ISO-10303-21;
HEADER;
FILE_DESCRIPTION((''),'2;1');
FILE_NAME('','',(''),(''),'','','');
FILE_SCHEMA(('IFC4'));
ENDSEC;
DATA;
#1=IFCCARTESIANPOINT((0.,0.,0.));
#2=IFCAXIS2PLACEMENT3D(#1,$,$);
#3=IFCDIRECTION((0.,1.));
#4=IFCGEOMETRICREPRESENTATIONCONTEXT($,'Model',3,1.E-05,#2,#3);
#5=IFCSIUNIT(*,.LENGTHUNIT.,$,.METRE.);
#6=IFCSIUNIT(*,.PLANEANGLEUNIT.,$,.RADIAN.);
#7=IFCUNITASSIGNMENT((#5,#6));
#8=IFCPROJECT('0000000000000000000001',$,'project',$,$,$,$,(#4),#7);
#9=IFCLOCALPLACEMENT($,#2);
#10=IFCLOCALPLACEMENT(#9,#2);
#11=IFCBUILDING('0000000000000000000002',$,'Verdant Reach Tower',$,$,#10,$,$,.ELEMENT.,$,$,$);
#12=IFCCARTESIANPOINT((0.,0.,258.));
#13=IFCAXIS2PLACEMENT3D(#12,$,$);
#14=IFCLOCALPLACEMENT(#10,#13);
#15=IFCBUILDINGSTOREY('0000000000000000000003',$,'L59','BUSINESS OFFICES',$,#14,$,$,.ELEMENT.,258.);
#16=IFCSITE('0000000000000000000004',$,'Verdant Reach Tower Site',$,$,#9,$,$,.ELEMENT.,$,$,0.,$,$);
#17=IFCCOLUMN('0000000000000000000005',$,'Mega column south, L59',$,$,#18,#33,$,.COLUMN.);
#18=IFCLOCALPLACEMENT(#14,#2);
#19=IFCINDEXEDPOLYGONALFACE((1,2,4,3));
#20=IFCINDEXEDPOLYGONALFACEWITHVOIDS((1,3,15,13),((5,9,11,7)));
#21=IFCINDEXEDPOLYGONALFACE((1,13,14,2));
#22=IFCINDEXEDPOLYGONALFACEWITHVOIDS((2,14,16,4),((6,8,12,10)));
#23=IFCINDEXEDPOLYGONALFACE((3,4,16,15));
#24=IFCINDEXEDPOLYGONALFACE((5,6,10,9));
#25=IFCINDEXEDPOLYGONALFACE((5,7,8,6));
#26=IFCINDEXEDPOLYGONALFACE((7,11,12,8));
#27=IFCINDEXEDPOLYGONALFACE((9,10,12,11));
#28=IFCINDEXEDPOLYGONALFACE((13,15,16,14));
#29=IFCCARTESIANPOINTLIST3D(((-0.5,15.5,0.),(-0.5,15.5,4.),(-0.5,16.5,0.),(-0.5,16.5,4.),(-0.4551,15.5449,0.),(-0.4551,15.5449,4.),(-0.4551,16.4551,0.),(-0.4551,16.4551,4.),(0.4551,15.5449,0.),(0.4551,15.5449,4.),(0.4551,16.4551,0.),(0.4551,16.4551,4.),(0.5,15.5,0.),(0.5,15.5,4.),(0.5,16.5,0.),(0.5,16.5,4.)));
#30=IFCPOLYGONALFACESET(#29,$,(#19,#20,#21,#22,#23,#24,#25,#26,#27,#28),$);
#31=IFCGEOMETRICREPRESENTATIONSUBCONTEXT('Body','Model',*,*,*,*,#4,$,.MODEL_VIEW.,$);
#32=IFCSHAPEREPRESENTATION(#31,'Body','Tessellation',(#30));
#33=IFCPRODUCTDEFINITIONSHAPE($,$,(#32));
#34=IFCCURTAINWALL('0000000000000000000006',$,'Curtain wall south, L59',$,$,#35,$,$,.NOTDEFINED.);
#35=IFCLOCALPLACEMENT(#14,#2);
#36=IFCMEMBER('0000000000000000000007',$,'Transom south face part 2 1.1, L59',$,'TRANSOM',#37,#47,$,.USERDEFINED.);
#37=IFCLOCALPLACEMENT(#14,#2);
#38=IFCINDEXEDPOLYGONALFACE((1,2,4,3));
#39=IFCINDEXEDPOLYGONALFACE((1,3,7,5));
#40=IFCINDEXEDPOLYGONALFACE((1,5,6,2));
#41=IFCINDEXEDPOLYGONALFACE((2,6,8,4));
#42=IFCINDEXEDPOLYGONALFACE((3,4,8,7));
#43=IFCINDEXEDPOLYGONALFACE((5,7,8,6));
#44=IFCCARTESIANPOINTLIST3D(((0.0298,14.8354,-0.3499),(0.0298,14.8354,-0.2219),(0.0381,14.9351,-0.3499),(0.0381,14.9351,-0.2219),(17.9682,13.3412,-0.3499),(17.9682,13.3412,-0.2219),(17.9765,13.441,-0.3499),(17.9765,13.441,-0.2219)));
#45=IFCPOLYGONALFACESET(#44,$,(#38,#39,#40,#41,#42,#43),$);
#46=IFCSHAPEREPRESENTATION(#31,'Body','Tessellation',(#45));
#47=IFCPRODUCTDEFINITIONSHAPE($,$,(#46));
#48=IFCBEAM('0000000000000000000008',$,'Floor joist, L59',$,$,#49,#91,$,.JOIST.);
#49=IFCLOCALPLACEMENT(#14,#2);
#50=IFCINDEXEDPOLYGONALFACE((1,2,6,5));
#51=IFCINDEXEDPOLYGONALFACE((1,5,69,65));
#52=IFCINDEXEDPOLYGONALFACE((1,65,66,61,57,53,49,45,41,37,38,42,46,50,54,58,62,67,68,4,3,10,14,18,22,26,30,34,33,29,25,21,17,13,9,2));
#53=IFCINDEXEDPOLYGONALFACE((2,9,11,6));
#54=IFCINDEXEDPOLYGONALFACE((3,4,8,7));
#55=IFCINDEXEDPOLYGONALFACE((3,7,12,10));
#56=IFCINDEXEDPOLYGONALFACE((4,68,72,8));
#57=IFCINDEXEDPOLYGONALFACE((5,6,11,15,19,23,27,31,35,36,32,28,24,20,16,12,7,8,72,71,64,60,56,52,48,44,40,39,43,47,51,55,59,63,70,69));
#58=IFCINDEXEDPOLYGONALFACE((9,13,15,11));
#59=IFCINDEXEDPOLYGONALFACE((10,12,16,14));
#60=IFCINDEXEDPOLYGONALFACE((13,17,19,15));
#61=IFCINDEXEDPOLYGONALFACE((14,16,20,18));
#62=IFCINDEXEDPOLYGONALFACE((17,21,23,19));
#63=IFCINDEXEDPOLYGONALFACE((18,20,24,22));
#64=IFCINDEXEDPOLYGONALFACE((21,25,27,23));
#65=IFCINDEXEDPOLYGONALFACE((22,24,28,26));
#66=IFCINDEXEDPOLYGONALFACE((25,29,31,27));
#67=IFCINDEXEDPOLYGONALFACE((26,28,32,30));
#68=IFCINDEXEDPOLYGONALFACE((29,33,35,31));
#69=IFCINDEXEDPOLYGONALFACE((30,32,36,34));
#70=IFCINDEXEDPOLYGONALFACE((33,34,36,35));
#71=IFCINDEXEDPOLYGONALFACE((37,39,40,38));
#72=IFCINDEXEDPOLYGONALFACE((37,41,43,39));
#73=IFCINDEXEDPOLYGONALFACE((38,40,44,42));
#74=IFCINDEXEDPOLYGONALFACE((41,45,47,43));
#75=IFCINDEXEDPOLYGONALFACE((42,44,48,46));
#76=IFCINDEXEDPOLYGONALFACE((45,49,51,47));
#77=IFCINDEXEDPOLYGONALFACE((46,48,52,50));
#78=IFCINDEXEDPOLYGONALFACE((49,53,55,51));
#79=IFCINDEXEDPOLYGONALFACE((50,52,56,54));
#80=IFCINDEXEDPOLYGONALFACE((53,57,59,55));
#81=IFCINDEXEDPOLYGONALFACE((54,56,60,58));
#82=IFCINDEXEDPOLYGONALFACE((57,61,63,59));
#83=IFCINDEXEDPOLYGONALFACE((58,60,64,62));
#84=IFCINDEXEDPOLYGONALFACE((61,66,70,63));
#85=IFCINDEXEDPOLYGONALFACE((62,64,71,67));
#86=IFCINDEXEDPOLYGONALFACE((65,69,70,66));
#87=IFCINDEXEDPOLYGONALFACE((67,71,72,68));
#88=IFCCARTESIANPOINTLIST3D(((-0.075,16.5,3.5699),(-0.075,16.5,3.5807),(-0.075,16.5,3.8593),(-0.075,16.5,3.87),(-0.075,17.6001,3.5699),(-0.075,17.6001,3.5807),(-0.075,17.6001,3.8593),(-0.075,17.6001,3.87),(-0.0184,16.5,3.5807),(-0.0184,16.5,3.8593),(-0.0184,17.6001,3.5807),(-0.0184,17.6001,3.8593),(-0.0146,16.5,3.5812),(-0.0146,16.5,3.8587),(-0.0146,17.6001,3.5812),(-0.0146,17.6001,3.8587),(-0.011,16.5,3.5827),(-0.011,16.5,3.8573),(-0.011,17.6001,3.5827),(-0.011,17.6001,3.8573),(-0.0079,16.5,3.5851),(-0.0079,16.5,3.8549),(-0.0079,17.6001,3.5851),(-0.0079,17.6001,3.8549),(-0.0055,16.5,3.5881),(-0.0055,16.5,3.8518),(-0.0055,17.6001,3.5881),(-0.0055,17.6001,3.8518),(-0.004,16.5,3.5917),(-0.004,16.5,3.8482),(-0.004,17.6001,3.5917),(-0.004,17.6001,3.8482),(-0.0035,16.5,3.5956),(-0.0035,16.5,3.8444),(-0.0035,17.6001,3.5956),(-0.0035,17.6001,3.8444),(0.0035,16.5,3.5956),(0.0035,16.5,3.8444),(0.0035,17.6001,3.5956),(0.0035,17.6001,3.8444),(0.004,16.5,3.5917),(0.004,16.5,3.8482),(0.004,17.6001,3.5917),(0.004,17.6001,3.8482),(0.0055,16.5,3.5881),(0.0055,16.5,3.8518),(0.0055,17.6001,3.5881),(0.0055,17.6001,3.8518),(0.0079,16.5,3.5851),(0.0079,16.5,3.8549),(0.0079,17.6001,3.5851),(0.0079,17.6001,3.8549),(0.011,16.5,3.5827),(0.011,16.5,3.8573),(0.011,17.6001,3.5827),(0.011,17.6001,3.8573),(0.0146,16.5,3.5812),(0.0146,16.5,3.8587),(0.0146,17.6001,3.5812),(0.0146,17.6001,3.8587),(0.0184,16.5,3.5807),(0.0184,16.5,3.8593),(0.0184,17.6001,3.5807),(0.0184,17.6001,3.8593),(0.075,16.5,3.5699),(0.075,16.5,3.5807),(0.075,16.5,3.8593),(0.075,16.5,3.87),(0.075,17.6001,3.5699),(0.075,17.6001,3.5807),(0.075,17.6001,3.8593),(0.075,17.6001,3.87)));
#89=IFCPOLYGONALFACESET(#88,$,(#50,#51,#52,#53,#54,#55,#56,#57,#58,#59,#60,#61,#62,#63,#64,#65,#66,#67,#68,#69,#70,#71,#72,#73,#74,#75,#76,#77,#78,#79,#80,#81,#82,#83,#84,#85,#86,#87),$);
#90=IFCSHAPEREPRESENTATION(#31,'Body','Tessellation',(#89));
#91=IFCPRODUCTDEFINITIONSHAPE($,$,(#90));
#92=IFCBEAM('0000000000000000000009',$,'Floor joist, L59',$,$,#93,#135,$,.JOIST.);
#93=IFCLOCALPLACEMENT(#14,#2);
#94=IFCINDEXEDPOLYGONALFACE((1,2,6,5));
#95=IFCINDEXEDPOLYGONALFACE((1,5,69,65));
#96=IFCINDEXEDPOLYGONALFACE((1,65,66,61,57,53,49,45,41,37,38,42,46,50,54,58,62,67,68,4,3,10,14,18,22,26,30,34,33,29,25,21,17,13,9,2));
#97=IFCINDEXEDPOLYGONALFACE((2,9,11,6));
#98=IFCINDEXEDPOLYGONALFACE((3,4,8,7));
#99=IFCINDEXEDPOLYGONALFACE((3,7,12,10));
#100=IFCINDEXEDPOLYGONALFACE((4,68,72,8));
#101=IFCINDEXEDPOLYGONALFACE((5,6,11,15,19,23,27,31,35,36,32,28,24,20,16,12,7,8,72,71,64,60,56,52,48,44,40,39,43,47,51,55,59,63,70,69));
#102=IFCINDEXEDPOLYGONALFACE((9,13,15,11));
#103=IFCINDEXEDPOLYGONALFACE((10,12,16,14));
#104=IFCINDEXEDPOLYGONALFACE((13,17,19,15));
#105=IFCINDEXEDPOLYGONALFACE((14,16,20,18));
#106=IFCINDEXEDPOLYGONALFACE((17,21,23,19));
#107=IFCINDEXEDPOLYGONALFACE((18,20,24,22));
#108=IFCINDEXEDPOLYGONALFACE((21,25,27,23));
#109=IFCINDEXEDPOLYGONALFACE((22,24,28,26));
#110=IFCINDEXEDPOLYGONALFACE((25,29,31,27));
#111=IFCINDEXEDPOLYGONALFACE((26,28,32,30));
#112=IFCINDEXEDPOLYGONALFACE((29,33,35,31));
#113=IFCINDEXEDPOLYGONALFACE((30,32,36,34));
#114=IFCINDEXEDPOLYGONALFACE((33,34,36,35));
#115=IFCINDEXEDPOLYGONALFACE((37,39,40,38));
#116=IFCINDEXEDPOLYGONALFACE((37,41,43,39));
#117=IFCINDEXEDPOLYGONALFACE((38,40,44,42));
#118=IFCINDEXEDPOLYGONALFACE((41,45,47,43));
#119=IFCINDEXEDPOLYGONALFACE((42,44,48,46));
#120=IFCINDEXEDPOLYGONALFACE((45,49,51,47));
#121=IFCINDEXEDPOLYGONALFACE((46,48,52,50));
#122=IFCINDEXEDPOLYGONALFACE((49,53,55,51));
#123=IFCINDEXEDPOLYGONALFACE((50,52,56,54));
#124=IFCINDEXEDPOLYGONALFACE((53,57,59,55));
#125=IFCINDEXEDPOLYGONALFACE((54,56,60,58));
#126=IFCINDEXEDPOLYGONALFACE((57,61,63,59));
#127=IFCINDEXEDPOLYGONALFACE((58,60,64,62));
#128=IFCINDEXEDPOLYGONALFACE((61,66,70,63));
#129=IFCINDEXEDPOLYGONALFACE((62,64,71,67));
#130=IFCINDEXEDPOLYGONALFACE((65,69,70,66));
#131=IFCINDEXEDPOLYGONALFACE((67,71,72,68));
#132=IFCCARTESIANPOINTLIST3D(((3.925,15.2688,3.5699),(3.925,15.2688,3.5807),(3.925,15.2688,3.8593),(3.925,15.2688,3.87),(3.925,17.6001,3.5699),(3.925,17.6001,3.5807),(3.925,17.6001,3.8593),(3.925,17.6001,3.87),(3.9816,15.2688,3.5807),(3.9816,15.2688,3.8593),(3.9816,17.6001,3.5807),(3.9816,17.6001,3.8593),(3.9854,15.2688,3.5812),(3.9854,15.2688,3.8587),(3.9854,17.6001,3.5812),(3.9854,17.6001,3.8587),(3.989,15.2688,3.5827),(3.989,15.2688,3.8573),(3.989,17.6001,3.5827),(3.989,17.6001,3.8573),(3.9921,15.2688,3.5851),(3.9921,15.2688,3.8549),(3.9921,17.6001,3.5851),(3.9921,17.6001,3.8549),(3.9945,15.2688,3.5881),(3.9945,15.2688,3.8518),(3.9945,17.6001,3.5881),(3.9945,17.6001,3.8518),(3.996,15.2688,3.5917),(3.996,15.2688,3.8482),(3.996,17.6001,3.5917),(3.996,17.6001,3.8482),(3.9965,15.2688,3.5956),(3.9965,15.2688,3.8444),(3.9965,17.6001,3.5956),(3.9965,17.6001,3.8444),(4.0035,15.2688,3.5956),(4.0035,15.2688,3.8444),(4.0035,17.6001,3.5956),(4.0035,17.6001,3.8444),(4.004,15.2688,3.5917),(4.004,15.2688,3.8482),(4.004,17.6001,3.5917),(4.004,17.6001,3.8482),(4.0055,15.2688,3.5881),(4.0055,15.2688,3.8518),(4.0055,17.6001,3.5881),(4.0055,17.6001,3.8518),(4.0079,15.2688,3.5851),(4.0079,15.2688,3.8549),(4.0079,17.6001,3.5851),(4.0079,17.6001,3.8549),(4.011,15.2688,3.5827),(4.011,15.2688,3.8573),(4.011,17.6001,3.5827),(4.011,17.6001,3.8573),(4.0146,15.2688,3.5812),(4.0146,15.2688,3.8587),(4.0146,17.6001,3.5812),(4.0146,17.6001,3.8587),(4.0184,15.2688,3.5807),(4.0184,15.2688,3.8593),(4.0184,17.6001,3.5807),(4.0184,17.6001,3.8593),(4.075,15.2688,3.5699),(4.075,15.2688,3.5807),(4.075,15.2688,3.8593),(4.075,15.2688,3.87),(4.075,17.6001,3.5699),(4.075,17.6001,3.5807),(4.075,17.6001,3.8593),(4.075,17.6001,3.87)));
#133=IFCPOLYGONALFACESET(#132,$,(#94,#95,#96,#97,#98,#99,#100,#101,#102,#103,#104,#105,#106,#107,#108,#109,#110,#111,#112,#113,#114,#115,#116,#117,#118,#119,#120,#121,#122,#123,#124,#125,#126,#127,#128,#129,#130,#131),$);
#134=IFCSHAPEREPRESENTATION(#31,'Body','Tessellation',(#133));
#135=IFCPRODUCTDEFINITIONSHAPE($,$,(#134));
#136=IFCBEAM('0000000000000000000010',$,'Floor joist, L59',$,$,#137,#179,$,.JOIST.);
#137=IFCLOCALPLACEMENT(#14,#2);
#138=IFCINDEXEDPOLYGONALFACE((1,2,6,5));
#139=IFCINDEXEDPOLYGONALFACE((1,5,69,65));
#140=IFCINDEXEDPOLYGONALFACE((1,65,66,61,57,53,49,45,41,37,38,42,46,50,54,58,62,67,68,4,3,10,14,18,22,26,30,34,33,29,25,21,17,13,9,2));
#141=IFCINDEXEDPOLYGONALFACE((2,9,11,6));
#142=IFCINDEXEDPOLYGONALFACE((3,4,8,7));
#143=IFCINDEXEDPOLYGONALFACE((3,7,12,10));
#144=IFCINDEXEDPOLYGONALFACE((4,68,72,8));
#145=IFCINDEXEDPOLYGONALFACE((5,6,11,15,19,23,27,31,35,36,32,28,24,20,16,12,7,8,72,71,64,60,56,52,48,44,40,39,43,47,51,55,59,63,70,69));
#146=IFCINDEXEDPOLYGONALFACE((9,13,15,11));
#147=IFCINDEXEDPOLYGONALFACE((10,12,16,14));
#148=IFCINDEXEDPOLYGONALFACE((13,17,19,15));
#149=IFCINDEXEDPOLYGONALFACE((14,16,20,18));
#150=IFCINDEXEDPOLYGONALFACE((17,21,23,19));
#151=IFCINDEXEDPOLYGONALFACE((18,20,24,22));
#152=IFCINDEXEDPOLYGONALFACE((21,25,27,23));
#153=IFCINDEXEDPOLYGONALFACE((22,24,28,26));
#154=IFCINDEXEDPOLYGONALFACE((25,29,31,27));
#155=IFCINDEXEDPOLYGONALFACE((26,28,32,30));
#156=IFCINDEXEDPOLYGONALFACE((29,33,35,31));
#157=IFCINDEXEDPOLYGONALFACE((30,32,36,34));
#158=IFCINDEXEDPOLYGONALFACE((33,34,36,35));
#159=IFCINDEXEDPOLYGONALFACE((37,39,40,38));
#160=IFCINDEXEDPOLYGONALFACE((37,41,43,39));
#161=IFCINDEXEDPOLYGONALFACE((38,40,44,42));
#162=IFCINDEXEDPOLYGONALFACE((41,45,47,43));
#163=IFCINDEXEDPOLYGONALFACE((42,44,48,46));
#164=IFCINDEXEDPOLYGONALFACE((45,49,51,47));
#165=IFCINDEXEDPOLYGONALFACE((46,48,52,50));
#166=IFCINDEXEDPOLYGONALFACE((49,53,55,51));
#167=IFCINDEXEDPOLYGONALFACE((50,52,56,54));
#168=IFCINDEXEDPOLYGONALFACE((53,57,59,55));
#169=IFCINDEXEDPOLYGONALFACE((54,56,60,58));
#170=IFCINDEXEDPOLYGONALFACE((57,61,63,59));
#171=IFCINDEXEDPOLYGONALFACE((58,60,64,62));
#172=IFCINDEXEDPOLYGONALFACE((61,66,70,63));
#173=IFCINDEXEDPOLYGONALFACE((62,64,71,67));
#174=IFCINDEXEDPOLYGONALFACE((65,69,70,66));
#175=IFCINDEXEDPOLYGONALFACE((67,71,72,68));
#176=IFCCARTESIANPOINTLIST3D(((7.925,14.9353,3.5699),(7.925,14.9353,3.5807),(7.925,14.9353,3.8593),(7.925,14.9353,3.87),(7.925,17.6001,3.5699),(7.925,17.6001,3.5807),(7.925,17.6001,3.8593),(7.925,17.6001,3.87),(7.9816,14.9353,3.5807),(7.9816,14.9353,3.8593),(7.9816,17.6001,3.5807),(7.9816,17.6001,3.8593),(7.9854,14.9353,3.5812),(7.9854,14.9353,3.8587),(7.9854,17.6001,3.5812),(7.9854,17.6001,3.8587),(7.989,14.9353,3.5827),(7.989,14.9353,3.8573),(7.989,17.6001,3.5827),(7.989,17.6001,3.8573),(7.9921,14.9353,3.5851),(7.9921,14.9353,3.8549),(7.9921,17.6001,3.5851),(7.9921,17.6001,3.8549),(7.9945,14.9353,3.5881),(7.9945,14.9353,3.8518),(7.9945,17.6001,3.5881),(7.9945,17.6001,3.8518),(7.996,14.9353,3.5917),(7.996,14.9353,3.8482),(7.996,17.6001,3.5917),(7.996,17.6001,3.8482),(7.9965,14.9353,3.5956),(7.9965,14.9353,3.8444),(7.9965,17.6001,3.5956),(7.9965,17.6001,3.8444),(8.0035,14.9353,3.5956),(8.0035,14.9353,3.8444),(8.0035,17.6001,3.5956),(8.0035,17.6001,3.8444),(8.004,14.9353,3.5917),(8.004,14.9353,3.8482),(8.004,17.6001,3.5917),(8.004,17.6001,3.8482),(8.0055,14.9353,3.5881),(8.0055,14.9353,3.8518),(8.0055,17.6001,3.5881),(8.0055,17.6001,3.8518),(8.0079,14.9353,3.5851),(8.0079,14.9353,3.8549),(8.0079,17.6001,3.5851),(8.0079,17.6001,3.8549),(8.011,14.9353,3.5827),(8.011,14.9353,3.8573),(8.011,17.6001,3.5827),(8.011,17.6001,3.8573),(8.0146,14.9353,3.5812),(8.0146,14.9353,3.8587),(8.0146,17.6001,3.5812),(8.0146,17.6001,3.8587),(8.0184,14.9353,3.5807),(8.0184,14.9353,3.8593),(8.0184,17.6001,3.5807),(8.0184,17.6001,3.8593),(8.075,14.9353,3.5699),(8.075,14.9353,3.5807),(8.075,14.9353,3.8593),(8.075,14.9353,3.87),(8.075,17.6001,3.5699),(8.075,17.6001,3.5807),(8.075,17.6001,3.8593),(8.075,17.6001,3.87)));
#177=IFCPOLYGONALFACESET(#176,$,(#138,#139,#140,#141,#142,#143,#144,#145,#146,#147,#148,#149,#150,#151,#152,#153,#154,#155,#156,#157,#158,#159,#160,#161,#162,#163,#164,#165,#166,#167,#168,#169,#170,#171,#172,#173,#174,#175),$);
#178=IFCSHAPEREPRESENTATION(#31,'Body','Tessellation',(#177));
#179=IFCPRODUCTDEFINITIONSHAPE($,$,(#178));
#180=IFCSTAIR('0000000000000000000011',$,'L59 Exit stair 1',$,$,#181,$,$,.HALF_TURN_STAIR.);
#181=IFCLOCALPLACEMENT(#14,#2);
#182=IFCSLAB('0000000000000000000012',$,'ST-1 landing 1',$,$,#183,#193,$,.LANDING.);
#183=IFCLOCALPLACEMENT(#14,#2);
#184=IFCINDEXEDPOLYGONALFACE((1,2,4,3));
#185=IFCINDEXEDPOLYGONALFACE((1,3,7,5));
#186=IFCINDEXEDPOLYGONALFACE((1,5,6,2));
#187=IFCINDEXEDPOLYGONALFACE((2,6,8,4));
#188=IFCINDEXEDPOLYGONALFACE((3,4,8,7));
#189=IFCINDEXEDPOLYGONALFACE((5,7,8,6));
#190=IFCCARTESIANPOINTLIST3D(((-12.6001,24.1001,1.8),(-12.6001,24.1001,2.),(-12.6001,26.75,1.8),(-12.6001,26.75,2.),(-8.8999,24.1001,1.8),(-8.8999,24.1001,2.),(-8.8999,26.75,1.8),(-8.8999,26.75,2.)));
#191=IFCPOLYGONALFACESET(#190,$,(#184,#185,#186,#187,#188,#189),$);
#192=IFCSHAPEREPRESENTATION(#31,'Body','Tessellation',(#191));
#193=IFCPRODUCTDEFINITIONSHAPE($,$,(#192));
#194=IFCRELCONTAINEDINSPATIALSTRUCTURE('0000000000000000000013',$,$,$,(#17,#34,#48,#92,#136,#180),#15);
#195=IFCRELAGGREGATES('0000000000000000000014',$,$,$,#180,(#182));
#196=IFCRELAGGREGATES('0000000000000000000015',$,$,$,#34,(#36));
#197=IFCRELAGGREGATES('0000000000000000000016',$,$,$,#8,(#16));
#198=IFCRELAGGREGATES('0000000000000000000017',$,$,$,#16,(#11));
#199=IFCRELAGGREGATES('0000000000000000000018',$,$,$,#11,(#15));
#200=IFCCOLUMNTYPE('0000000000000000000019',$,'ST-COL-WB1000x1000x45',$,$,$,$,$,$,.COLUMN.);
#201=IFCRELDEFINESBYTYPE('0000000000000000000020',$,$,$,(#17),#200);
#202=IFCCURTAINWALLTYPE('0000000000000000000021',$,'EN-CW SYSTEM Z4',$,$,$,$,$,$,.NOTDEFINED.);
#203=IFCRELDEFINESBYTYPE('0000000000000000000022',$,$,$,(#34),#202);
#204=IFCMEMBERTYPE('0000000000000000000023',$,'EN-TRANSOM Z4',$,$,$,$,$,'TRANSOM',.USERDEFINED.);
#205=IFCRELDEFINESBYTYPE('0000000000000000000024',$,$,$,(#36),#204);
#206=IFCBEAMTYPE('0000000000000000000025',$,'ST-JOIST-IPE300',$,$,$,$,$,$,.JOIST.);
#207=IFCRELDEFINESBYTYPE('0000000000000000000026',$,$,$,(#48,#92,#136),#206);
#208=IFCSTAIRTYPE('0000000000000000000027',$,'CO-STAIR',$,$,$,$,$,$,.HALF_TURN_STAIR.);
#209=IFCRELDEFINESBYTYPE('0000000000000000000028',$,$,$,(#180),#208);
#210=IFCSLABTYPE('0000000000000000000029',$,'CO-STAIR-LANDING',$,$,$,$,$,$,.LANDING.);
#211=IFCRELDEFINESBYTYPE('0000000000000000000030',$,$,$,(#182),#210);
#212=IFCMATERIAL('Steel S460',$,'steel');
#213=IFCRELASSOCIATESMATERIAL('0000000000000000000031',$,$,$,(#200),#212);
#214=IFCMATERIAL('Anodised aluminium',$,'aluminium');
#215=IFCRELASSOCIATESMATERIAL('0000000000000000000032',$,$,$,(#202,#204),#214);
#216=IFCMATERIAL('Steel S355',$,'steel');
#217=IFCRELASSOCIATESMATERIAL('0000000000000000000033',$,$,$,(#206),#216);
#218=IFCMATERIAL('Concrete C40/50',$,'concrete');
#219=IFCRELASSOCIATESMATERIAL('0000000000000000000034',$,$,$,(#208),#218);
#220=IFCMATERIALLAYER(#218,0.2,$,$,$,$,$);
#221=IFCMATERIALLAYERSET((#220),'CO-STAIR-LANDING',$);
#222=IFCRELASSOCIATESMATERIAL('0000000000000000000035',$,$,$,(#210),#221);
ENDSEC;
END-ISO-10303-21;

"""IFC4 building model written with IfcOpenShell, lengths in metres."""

from ifc_helpers import new_model, si_unit, direction, frame, origin, origin_2d, place, context, subcontext, project, spatial, polyline, rectangle, hollow_rectangle, i_section, outline, extrude, material, layer, layer_set, material_profile, profile_set, type_object, element, aggregate, save


model = new_model("IFC4")

# Units and contexts
model_context = context("Model", 3, precision=1e-05, world=origin(), true_north=direction((0.0, 1.0)))
body_context = subcontext(model_context, "Body", "Model", "MODEL_VIEW")
ifc_project = project(units=[si_unit("LENGTHUNIT", "METRE"), si_unit("PLANEANGLEUNIT", "RADIAN")], contexts=[model_context])

# Site, building, storey
site_placement = place(None, origin())
site = spatial("IfcSite", under=ifc_project, at=site_placement, Name="Verdant Reach Tower Site", CompositionType="ELEMENT", RefElevation=0.0)
building_placement = place(site_placement, origin())
building = spatial("IfcBuilding", under=site, at=building_placement, Name="Verdant Reach Tower", CompositionType="ELEMENT")
storey_placement = place(building_placement, frame((0.0, 0.0, 258.0)))
storey = spatial("IfcBuildingStorey", under=building, at=storey_placement, Name="L59", Description="BUSINESS OFFICES", CompositionType="ELEMENT", Elevation=258.0)

# Column
ifc_material_1 = material(Name="Steel S460", Category="steel")
ifc_material_profile_1 = material_profile(ifc_material_1, hollow_rectangle(XDim=1.0, YDim=1.0, WallThickness=0.0449, at=origin_2d()), Name="WB 1000x1000x45")
ifc_profile_set_1 = profile_set([ifc_material_profile_1], Name="Steel S460")
column_type = type_object("IfcColumnType", Name="ST-COL-WB1000x1000x45", PredefinedType="COLUMN", material=ifc_profile_set_1)
column_placement = place(storey_placement, frame((0.0, 16.0, 0.0), z_axis=(0.0, 0.0, 1.0), x_axis=(1.0, 0.0, 0.0)))
element("IfcColumn", 1, at=column_placement, inside=storey, type_object=column_type, Name="Mega column south, L59", PredefinedType="COLUMN", context=body_context, shape_type="SweptSolid", body=[
    extrude(hollow_rectangle(XDim=1.0, YDim=1.0, WallThickness=0.0449, at=origin_2d()), origin(), (0.0, 0.0, 1.0), 4.0),
])

# Curtain wall, member
ifc_material_2 = material(Name="Anodised aluminium", Category="aluminium")
curtain_wall_type = type_object("IfcCurtainWallType", Name="EN-CW SYSTEM Z4", PredefinedType="NOTDEFINED", material=ifc_material_2)
curtain_wall_placement = place(storey_placement, origin())
curtain_wall = element("IfcCurtainWall", 2, at=curtain_wall_placement, inside=storey, type_object=curtain_wall_type, Name="Curtain wall south, L59", PredefinedType="NOTDEFINED")
ifc_material_profile_2 = material_profile(ifc_material_2, rectangle(XDim=0.1001, YDim=0.1279, at=origin_2d()), Name="Transom 128x100")
ifc_profile_set_2 = profile_set([ifc_material_profile_2], Name="Anodised aluminium")
member_type = type_object("IfcMemberType", Name="EN-TRANSOM Z4", ElementType="TRANSOM", PredefinedType="USERDEFINED", material=ifc_profile_set_2)
member_placement = place(storey_placement, frame((0.0339, 14.8853, -0.2859), z_axis=(0.996549, -0.083005, 0.0), x_axis=(0.083005, 0.996549, 0.0)))
member = element("IfcMember", 3, at=member_placement, type_object=member_type, Name="Transom south face part 2 1.1, L59", ObjectType="TRANSOM", PredefinedType="USERDEFINED", context=body_context, shape_type="SweptSolid", body=[
    extrude(rectangle(XDim=0.1001, YDim=0.1279, at=origin_2d()), origin(), (0.0, 0.0, 1.0), 18.0005),
])

# Beams
ifc_material_3 = material(Name="Steel S355", Category="steel")
ifc_material_profile_3 = material_profile(ifc_material_3, i_section(OverallWidth=0.1499, OverallDepth=0.3, WebThickness=0.0071, FlangeThickness=0.0107, FilletRadius=0.0149, at=origin_2d()), Name="IPE 300")
ifc_profile_set_3 = profile_set([ifc_material_profile_3], Name="Steel S355")
beam_type = type_object("IfcBeamType", Name="ST-JOIST-IPE300", PredefinedType="JOIST", material=ifc_profile_set_3)
beam_1_placement = place(storey_placement, frame((0.0, 17.6001, 3.72), z_axis=(0.0, -1.0, 0.0), x_axis=(1.0, 0.0, 0.0)))
element("IfcBeam", 4, at=beam_1_placement, inside=storey, type_object=beam_type, Name="Floor joist, L59", PredefinedType="JOIST", context=body_context, shape_type="SweptSolid", body=[
    extrude(i_section(OverallWidth=0.1499, OverallDepth=0.3, WebThickness=0.0071, FlangeThickness=0.0107, FilletRadius=0.0149, at=origin_2d()), origin(), (0.0, 0.0, 1.0), 1.1001),
])
beam_2_placement = place(storey_placement, frame((4.0, 17.6001, 3.72), z_axis=(0.0, -1.0, 0.0), x_axis=(1.0, 0.0, 0.0)))
element("IfcBeam", 5, at=beam_2_placement, inside=storey, type_object=beam_type, Name="Floor joist, L59", PredefinedType="JOIST", context=body_context, shape_type="SweptSolid", body=[
    extrude(i_section(OverallWidth=0.1499, OverallDepth=0.3, WebThickness=0.0071, FlangeThickness=0.0107, FilletRadius=0.0149, at=origin_2d()), origin(), (0.0, 0.0, 1.0), 2.3313),
])
beam_3_placement = place(storey_placement, frame((8.0, 17.6001, 3.72), z_axis=(0.0, -1.0, 0.0), x_axis=(1.0, 0.0, 0.0)))
element("IfcBeam", 6, at=beam_3_placement, inside=storey, type_object=beam_type, Name="Floor joist, L59", PredefinedType="JOIST", context=body_context, shape_type="SweptSolid", body=[
    extrude(i_section(OverallWidth=0.1499, OverallDepth=0.3, WebThickness=0.0071, FlangeThickness=0.0107, FilletRadius=0.0149, at=origin_2d()), origin(), (0.0, 0.0, 1.0), 2.6648),
])

# Stair, slab
ifc_material_4 = material(Name="Concrete C40/50", Category="concrete")
stair_type = type_object("IfcStairType", Name="CO-STAIR", PredefinedType="HALF_TURN_STAIR", material=ifc_material_4)
stair_1_placement = place(storey_placement, origin())
stair_1 = element("IfcStair", 7, at=stair_1_placement, inside=storey, type_object=stair_type, Name="L59 Exit stair 1", PredefinedType="HALF_TURN_STAIR")
ifc_layer_1 = layer(ifc_material_4, 0.2)
ifc_layer_set_1 = layer_set([ifc_layer_1], Name="CO-STAIR-LANDING")
slab_type_1 = type_object("IfcSlabType", Name="CO-STAIR-LANDING", PredefinedType="LANDING", material=ifc_layer_set_1)
slab_1_placement = place(storey_placement, frame((0.0, 0.0, 1.8)))
slab_1 = element("IfcSlab", 8, at=slab_1_placement, type_object=slab_type_1, Name="ST-1 landing 1", PredefinedType="LANDING", context=body_context, shape_type="SweptSolid", body=[
    extrude(outline(polyline([(-12.6001, 26.75), (-12.6001, 24.1001), (-8.8999, 24.1001), (-8.8999, 26.75), (-12.6001, 26.75)])), origin(), (0.0, 0.0, 1.0), 0.2),
])
aggregate(stair_1, [slab_1])

aggregate(curtain_wall, [member])

save(model, "model.ifc")
